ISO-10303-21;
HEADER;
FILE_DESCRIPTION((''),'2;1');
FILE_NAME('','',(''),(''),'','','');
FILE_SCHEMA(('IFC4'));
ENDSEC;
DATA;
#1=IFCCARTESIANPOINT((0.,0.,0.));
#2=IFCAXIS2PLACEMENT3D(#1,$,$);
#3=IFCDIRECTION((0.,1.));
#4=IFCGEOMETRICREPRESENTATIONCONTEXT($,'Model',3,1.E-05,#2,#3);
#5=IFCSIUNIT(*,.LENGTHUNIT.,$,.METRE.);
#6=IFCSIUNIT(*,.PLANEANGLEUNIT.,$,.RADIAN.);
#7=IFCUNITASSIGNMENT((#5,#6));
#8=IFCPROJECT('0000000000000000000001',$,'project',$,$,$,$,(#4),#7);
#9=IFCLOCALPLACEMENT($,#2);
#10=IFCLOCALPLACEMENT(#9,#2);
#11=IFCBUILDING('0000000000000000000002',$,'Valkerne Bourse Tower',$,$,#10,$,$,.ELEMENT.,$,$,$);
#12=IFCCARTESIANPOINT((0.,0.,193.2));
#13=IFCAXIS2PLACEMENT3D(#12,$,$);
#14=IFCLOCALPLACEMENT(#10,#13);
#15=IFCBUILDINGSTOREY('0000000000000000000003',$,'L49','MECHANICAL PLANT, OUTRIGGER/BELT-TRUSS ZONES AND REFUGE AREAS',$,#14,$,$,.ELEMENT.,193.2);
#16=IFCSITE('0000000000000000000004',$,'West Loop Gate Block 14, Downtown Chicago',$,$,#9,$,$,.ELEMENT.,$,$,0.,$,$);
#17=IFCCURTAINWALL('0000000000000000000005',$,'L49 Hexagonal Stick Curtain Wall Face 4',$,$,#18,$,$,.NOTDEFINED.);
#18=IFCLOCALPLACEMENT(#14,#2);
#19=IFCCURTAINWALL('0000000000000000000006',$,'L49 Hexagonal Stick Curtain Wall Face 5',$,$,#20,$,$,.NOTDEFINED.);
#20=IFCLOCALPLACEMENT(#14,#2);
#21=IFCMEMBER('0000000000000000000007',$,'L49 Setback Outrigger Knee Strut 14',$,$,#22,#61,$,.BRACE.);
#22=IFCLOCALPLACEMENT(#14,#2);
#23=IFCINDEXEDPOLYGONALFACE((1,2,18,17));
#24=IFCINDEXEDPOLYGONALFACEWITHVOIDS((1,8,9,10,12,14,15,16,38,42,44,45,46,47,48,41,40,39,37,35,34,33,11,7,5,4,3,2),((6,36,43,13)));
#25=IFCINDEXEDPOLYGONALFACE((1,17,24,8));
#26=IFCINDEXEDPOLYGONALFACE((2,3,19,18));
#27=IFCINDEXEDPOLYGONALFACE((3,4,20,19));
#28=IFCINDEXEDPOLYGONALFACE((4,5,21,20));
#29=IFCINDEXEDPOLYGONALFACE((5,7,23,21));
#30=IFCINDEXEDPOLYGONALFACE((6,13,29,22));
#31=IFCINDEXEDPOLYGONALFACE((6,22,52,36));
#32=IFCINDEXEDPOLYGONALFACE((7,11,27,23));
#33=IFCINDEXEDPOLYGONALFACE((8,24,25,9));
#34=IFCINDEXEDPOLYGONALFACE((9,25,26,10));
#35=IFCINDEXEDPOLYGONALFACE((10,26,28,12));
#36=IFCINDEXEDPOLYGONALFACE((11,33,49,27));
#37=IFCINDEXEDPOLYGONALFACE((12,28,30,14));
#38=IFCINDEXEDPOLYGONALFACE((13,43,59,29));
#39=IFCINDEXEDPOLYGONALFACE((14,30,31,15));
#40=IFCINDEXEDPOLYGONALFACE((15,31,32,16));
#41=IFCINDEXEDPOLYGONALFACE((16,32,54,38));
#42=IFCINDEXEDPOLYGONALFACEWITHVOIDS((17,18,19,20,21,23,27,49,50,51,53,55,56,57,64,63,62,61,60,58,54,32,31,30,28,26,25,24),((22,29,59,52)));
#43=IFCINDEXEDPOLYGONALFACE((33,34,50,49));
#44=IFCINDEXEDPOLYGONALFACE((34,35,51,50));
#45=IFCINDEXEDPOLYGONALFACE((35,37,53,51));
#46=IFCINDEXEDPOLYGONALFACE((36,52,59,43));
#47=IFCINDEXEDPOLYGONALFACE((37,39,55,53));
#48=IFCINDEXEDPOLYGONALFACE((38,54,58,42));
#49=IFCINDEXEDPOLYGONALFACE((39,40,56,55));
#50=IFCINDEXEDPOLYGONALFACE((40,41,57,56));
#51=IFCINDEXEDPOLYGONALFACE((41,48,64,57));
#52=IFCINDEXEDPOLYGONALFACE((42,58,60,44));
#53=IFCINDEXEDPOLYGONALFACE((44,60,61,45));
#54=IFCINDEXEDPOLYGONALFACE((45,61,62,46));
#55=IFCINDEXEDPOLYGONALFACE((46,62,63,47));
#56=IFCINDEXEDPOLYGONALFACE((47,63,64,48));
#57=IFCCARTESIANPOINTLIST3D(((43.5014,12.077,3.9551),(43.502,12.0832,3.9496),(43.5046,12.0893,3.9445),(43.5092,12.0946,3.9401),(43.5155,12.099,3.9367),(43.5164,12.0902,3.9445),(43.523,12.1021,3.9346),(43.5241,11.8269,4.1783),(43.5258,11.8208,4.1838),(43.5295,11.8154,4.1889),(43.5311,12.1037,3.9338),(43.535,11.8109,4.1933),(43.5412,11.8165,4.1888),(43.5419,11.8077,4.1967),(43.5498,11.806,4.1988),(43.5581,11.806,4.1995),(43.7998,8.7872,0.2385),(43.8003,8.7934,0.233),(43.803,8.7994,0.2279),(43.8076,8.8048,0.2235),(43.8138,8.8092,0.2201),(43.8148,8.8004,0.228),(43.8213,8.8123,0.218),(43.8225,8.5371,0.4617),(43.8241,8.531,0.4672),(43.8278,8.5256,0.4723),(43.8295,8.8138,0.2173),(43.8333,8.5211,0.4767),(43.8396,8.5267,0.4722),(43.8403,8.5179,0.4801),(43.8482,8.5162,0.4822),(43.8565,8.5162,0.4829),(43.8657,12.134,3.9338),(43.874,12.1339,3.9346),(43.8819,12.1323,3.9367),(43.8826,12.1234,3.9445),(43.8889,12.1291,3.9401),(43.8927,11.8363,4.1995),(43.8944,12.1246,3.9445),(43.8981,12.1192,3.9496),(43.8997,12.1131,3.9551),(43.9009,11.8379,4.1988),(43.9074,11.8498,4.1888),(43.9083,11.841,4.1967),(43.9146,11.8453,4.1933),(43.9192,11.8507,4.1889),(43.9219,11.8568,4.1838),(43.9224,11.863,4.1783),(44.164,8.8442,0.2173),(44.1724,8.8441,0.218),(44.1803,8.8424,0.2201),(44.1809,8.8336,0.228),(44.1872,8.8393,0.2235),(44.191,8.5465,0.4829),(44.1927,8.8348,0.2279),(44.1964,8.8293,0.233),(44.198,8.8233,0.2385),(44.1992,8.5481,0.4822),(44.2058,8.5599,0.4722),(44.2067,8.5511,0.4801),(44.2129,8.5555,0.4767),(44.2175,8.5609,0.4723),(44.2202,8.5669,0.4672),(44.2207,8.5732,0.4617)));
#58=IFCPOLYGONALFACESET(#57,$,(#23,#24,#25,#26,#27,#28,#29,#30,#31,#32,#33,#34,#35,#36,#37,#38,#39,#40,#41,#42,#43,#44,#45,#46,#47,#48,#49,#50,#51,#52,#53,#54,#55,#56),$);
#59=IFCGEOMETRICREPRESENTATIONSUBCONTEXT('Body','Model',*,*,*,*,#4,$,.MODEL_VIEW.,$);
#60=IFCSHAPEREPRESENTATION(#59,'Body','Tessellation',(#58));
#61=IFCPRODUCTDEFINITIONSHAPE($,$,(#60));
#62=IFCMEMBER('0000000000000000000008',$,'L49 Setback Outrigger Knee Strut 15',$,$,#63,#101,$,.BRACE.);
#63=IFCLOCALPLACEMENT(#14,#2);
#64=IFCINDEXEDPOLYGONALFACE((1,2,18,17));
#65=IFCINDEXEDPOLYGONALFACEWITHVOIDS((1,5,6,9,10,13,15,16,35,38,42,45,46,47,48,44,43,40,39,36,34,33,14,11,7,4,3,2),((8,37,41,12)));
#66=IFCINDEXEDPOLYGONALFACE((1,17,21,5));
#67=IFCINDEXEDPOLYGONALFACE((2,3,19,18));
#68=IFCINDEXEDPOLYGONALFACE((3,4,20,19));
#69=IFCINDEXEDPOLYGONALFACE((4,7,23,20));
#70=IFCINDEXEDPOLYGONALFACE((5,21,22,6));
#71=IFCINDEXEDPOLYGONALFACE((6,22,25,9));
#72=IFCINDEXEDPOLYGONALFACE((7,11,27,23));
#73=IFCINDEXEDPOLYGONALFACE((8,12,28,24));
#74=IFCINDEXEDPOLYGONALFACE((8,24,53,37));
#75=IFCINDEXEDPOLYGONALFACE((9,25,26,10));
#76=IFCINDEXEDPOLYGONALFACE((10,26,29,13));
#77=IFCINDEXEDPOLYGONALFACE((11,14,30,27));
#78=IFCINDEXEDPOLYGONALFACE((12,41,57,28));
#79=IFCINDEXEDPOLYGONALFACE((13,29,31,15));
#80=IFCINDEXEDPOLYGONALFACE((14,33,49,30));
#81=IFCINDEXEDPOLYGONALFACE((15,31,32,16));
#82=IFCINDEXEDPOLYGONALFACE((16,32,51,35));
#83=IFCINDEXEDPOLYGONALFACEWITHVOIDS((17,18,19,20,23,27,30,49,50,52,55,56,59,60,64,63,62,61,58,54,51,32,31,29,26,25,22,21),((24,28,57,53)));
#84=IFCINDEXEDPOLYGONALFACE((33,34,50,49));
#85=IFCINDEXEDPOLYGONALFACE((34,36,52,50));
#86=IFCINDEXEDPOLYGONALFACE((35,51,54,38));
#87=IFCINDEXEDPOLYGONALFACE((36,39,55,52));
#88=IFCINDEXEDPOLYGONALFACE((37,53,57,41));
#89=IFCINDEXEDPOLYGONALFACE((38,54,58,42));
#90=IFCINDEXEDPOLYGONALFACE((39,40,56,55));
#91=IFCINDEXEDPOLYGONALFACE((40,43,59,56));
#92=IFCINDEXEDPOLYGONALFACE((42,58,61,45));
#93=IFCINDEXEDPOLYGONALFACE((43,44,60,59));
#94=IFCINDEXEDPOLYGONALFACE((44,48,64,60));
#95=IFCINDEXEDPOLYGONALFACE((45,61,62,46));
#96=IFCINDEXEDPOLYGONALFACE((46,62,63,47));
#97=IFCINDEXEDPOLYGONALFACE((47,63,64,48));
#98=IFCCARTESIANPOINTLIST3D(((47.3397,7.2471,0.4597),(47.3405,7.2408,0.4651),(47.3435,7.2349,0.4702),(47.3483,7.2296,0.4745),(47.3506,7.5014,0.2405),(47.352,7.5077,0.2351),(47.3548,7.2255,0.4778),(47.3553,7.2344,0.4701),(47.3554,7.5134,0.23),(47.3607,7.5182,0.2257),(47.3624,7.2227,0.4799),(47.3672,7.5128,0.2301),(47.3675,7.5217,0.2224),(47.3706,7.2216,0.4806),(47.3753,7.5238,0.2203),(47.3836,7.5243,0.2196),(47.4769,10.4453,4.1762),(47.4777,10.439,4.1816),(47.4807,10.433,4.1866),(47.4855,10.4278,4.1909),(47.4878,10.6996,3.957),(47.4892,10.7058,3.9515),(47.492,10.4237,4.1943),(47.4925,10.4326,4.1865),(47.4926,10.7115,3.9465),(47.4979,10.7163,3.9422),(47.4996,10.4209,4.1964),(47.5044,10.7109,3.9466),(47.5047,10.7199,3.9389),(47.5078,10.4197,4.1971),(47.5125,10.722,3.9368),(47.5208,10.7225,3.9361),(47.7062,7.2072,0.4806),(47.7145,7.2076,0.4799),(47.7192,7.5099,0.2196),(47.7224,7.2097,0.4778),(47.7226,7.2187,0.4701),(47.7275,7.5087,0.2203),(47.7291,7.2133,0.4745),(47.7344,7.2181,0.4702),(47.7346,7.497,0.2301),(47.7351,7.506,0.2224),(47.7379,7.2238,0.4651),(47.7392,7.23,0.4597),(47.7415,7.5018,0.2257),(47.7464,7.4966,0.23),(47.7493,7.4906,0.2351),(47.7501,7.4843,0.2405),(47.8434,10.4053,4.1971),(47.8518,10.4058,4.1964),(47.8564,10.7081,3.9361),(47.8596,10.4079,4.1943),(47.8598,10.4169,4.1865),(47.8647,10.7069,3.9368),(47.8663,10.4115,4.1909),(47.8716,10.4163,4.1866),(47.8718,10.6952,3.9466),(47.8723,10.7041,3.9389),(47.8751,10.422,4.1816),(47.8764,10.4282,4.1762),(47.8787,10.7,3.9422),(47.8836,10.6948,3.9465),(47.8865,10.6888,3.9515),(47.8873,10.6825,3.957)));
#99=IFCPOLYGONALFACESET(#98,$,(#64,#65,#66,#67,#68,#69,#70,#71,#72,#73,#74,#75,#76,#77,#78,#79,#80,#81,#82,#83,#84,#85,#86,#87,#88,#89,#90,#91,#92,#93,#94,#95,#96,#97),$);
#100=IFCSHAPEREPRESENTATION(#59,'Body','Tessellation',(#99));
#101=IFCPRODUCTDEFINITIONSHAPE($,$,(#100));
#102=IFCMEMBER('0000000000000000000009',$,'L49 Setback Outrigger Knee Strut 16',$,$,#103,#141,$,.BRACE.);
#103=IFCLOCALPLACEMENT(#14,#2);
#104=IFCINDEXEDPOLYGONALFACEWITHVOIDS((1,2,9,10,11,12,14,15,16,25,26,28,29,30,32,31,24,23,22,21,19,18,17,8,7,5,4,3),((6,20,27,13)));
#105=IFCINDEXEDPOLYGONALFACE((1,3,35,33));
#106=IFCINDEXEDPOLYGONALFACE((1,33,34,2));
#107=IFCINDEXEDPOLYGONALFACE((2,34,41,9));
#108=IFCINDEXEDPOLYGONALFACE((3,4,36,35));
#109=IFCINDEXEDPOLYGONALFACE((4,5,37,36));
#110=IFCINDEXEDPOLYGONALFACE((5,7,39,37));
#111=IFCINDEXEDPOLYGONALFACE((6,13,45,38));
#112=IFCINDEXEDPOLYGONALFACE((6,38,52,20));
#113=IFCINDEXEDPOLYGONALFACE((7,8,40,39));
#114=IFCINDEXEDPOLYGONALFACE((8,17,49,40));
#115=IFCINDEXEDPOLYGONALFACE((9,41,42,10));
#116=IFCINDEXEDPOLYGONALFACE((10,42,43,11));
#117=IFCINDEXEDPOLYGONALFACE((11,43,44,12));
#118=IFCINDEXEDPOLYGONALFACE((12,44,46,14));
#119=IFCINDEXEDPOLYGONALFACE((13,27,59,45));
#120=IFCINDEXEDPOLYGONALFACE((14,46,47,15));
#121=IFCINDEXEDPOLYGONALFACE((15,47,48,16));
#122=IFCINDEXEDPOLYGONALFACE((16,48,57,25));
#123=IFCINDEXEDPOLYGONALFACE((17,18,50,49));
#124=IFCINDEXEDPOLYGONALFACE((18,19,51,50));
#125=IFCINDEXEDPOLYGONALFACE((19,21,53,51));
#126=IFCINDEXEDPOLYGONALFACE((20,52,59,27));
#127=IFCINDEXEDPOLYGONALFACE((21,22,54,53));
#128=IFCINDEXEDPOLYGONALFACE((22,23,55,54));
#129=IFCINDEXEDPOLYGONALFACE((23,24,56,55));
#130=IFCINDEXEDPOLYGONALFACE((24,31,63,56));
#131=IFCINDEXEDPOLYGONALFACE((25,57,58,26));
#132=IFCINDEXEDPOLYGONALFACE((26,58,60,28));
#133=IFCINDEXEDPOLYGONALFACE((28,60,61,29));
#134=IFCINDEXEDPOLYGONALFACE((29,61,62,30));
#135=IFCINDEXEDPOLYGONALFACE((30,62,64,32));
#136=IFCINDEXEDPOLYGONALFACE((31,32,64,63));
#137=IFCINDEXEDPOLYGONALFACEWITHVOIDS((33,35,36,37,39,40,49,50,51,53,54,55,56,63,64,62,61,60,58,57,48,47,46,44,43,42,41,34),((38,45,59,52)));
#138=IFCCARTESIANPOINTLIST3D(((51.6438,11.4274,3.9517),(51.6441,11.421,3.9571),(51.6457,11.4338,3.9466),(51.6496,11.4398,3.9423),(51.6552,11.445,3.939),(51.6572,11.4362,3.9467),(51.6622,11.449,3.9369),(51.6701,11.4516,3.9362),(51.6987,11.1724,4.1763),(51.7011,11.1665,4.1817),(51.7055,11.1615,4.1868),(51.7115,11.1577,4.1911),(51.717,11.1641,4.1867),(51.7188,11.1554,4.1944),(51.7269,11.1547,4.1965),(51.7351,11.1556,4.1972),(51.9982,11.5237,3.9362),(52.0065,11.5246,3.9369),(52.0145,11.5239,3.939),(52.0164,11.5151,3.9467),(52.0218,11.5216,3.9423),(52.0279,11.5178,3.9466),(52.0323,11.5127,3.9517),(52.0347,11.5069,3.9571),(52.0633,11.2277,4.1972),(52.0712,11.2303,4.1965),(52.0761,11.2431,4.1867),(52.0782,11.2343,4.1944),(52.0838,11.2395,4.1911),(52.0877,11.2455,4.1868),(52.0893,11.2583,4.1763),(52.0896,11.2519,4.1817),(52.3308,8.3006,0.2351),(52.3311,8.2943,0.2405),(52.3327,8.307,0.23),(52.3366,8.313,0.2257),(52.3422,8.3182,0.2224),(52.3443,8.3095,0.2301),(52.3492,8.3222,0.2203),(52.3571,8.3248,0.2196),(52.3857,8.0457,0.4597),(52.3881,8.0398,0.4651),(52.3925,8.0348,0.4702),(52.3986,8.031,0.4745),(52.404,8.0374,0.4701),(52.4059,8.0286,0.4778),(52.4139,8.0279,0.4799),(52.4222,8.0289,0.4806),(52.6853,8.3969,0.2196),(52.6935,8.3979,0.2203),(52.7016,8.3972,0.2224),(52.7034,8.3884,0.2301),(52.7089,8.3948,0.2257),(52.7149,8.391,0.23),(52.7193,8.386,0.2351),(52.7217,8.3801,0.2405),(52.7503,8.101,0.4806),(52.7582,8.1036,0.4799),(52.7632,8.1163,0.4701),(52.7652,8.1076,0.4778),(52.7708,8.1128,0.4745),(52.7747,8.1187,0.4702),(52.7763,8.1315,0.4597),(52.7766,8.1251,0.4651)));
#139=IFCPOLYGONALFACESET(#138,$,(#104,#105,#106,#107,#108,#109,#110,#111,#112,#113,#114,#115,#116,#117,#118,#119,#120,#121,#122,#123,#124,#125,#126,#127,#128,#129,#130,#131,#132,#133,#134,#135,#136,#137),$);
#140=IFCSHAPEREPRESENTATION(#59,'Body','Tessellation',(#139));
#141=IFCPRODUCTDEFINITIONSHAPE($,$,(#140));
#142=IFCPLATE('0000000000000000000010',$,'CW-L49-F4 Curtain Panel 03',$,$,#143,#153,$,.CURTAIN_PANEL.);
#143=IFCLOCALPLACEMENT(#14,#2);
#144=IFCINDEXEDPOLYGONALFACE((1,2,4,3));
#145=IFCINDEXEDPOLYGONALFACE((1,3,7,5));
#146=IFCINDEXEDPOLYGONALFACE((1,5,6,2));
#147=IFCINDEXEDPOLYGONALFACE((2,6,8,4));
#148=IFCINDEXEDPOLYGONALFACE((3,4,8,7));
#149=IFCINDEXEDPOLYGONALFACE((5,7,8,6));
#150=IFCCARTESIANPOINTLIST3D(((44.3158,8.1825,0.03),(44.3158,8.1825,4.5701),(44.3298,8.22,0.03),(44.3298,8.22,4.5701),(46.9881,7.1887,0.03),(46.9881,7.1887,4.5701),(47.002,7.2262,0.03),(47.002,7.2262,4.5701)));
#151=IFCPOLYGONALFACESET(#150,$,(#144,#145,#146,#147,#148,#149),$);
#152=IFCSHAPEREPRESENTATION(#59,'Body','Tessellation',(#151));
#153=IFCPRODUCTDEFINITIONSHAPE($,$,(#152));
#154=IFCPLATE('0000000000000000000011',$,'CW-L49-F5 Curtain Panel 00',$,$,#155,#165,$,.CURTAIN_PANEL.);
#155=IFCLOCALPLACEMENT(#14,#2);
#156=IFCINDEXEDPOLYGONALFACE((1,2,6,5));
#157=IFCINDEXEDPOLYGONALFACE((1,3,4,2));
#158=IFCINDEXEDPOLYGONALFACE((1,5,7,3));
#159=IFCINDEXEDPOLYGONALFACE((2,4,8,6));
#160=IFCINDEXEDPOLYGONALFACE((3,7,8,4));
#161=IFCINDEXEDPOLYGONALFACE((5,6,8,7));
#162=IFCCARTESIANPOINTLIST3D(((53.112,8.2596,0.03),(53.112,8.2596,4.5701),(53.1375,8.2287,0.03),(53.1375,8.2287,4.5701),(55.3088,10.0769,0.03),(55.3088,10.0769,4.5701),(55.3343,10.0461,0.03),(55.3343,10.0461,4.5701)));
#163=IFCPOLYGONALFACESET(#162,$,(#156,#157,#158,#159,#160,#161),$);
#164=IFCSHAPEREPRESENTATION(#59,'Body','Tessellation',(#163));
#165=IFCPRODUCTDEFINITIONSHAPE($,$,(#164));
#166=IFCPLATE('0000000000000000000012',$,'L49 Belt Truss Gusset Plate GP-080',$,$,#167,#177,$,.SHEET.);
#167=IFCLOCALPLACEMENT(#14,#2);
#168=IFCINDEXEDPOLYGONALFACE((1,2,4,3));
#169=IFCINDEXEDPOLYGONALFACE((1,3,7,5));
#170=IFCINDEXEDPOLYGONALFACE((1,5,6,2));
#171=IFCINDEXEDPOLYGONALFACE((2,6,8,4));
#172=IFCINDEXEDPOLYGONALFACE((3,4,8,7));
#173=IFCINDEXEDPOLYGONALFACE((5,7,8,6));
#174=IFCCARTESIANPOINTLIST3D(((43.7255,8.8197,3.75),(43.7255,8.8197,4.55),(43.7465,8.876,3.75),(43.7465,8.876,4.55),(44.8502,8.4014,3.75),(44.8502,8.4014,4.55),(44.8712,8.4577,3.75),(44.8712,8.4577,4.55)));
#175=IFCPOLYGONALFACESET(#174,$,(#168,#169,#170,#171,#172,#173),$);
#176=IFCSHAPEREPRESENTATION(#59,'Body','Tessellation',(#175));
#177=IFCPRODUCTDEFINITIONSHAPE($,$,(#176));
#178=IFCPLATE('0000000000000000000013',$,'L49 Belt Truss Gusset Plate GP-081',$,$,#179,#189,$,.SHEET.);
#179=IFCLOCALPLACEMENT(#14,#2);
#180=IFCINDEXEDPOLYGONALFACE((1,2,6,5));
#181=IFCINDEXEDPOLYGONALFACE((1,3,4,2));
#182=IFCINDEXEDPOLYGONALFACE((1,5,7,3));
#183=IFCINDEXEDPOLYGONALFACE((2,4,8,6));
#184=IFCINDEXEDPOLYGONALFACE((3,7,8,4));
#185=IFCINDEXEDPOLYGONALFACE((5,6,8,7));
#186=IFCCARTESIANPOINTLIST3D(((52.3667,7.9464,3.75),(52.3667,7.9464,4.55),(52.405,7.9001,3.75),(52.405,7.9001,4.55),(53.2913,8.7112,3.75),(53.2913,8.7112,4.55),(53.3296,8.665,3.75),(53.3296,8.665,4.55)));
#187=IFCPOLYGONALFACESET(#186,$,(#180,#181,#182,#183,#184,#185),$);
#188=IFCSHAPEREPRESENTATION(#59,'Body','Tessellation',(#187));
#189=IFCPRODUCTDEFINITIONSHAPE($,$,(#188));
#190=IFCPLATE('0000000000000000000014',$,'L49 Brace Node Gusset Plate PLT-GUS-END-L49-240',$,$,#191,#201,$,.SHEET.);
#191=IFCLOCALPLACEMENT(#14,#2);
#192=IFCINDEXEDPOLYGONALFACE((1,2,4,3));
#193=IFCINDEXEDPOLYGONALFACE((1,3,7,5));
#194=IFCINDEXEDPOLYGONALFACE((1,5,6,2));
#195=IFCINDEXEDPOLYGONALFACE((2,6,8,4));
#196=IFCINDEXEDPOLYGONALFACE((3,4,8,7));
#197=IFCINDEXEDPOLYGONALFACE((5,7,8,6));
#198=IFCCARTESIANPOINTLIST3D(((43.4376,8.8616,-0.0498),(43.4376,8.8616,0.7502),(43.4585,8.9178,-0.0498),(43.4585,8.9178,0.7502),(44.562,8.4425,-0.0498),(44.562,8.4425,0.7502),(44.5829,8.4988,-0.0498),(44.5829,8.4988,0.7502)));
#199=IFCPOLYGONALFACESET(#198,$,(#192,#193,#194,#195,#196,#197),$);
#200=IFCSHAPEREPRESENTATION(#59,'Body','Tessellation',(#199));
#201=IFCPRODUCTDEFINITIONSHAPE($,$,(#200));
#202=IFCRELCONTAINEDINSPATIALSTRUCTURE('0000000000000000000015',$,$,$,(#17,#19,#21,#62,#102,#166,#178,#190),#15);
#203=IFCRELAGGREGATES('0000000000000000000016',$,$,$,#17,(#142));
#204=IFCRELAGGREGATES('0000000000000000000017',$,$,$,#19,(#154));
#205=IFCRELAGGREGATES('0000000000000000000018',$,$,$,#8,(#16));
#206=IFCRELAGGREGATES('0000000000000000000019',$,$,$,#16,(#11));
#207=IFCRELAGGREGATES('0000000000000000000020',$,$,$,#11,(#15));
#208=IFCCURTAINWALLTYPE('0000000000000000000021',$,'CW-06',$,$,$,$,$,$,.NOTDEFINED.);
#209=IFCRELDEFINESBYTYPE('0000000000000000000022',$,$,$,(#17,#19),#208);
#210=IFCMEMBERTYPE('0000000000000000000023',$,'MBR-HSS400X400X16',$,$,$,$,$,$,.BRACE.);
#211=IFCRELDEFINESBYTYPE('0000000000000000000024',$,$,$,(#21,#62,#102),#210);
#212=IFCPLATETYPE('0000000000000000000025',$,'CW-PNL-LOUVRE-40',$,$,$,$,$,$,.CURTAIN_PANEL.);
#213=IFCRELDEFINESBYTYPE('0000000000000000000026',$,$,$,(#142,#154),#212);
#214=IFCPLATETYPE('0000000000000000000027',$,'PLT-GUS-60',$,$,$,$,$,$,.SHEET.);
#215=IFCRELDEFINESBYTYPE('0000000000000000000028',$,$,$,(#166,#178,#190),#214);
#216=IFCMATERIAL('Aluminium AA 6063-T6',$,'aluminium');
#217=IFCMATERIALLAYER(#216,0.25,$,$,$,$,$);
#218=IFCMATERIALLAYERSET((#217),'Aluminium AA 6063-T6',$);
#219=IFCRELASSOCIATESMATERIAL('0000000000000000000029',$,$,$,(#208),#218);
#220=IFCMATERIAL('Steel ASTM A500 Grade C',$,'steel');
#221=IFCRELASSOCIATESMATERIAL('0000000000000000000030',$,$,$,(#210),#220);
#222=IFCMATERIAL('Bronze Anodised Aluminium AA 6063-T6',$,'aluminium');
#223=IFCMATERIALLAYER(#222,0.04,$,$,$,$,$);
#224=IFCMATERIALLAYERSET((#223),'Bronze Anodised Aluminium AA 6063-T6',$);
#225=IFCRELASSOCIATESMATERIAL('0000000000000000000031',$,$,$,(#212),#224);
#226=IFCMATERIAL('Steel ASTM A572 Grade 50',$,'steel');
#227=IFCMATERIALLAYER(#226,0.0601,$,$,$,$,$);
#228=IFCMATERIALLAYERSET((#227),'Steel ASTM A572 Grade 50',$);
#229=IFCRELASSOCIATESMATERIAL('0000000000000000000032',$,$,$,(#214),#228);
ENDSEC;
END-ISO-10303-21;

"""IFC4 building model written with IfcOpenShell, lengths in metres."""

from ifc_helpers import new_model, si_unit, direction, frame, origin, origin_2d, place, context, subcontext, project, spatial, rectangle, hollow_rectangle, extrude, material, layer, layer_set, material_profile, profile_set, type_object, element, aggregate, save


model = new_model("IFC4")

# Units and contexts
model_context = context("Model", 3, precision=1e-05, world=origin(), true_north=direction((0.0, 1.0)))
body_context = subcontext(model_context, "Body", "Model", "MODEL_VIEW")
ifc_project = project(units=[si_unit("LENGTHUNIT", "METRE"), si_unit("PLANEANGLEUNIT", "RADIAN")], contexts=[model_context])

# Site, building, storey
site_placement = place(None, origin())
site = spatial("IfcSite", under=ifc_project, at=site_placement, Name="West Loop Gate Block 14, Downtown Chicago", CompositionType="ELEMENT", RefElevation=0.0)
building_placement = place(site_placement, origin())
building = spatial("IfcBuilding", under=site, at=building_placement, Name="Valkerne Bourse Tower", CompositionType="ELEMENT")
storey_placement = place(building_placement, frame((0.0, 0.0, 193.2)))
storey = spatial("IfcBuildingStorey", under=building, at=storey_placement, Name="L49", Description="MECHANICAL PLANT, OUTRIGGER/BELT-TRUSS ZONES AND REFUGE AREAS", CompositionType="ELEMENT", Elevation=193.2)

# Curtain walls
ifc_material_1 = material(Name="Aluminium AA 6063-T6", Category="aluminium")
ifc_layer_1 = layer(ifc_material_1, 0.25)
ifc_layer_set_1 = layer_set([ifc_layer_1], Name="Aluminium AA 6063-T6")
curtain_wall_type = type_object("IfcCurtainWallType", Name="CW-06", PredefinedType="NOTDEFINED", material=ifc_layer_set_1)
curtain_wall_1_placement = place(storey_placement, origin())
curtain_wall_1 = element("IfcCurtainWall", 1, at=curtain_wall_1_placement, inside=storey, type_object=curtain_wall_type, Name="L49 Hexagonal Stick Curtain Wall Face 4", PredefinedType="NOTDEFINED")
curtain_wall_2_placement = place(storey_placement, origin())
curtain_wall_2 = element("IfcCurtainWall", 2, at=curtain_wall_2_placement, inside=storey, type_object=curtain_wall_type, Name="L49 Hexagonal Stick Curtain Wall Face 5", PredefinedType="NOTDEFINED")

# Members
ifc_material_2 = material(Name="Steel ASTM A500 Grade C", Category="steel")
ifc_material_profile_1 = material_profile(ifc_material_2, hollow_rectangle(XDim=0.3999, YDim=0.3999, WallThickness=0.0161, OuterFilletRadius=0.032, at=origin_2d()), Name="HSS400X400X16")
ifc_profile_set_1 = profile_set([ifc_material_profile_1], Name="Steel ASTM A500 Grade C")
member_type_1 = type_object("IfcMemberType", Name="MBR-HSS400X400X16", PredefinedType="BRACE", material=ifc_profile_set_1)
member_1_placement = place(storey_placement, frame((44.0103, 8.6802, 0.3501), z_axis=(-0.059999, 0.661614, 0.74744), x_axis=(-0.995913, -0.090316, 0.0)))
element("IfcMember", 3, at=member_1_placement, inside=storey, type_object=member_type_1, Name="L49 Setback Outrigger Knee Strut 14", PredefinedType="BRACE", context=body_context, shape_type="SweptSolid", body=[
    extrude(hollow_rectangle(XDim=0.3999, YDim=0.3999, WallThickness=0.0161, OuterFilletRadius=0.032, at=origin_2d()), origin(), (0.0, 0.0, 1.0), 4.9724),
])
member_2_placement = place(storey_placement, frame((47.5449, 7.3657, 0.3501), z_axis=(0.027972, 0.652019, 0.757686), x_axis=(-0.999081, 0.042861, 0.0)))
element("IfcMember", 4, at=member_2_placement, inside=storey, type_object=member_type_1, Name="L49 Setback Outrigger Knee Strut 15", PredefinedType="BRACE", context=body_context, shape_type="SweptSolid", body=[
    extrude(hollow_rectangle(XDim=0.3999, YDim=0.3999, WallThickness=0.0161, OuterFilletRadius=0.032, at=origin_2d()), origin(), (0.0, 0.0, 1.0), 4.905),
])
member_3_placement = place(storey_placement, frame((52.5537, 8.2129, 0.3501), z_axis=(-0.140058, 0.637426, 0.757675), x_axis=(-0.976701, -0.214604, 0.0)))
element("IfcMember", 5, at=member_3_placement, inside=storey, type_object=member_type_1, Name="L49 Setback Outrigger Knee Strut 16", PredefinedType="BRACE", context=body_context, shape_type="SweptSolid", body=[
    extrude(hollow_rectangle(XDim=0.3999, YDim=0.3999, WallThickness=0.0161, OuterFilletRadius=0.032, at=origin_2d()), origin(), (0.0, 0.0, 1.0), 4.9053),
])

# Plates
ifc_material_3 = material(Name="Bronze Anodised Aluminium AA 6063-T6", Category="aluminium")
ifc_layer_2 = layer(ifc_material_3, 0.04)
ifc_layer_set_2 = layer_set([ifc_layer_2], Name="Bronze Anodised Aluminium AA 6063-T6")
plate_type_1 = type_object("IfcPlateType", Name="CW-PNL-LOUVRE-40", PredefinedType="CURTAIN_PANEL", material=ifc_layer_set_2)
plate_1_placement = place(storey_placement, frame((45.6589, 7.7043, 0.03), z_axis=(0.0, 0.0, 1.0), x_axis=(0.937279, -0.348579, 0.0)))
plate_1 = element("IfcPlate", 6, at=plate_1_placement, type_object=plate_type_1, Name="CW-L49-F4 Curtain Panel 03", PredefinedType="CURTAIN_PANEL", context=body_context, shape_type="SweptSolid", body=[
    extrude(rectangle(XDim=2.8511, YDim=0.04, at=origin_2d()), origin(), (0.0, 0.0, 1.0), 4.54),
])
aggregate(curtain_wall_1, [plate_1])
plate_2_placement = place(storey_placement, frame((54.2231, 9.1528, 0.03), z_axis=(0.0, 0.0, 1.0), x_axis=(0.770503, 0.637436, 0.0)))
plate_2 = element("IfcPlate", 7, at=plate_2_placement, type_object=plate_type_1, Name="CW-L49-F5 Curtain Panel 00", PredefinedType="CURTAIN_PANEL", context=body_context, shape_type="SweptSolid", body=[
    extrude(rectangle(XDim=2.8511, YDim=0.04, at=origin_2d()), origin(), (0.0, 0.0, 1.0), 4.54),
])
aggregate(curtain_wall_2, [plate_2])

# Plates
ifc_material_4 = material(Name="Steel ASTM A572 Grade 50", Category="steel")
ifc_layer_3 = layer(ifc_material_4, 0.0601)
ifc_layer_set_3 = layer_set([ifc_layer_3], Name="Steel ASTM A572 Grade 50")
plate_type_2 = type_object("IfcPlateType", Name="PLT-GUS-60", PredefinedType="SHEET", material=ifc_layer_set_3)
for number, where, z_axis, x_axis, name in (
    (8, (44.2983, 8.6387, 3.75), (0.0, 0.0, 1.0), (0.937282, -0.348572, 0.0), "L49 Belt Truss Gusset Plate GP-080"),
    (9, (52.8481, 8.3057, 3.75), (0.0, 0.0, 1.0), (0.770513, 0.637424, 0.0), "L49 Belt Truss Gusset Plate GP-081"),
    (10, (44.0103, 8.6802, -0.0498), (0.0, 0.0, 1.0), (-0.937038, 0.349226, 0.0), "L49 Brace Node Gusset Plate PLT-GUS-END-L49-240"),
):
    element("IfcPlate", number, at=place(storey_placement, frame(where, z_axis=z_axis, x_axis=x_axis)), inside=storey, type_object=plate_type_2, Name=name, PredefinedType="SHEET", context=body_context, shape_type="SweptSolid", body=[
        extrude(rectangle(XDim=1.2, YDim=0.0601, at=origin_2d()), origin(), (0.0, 0.0, 1.0), 0.8),
    ])

save(model, "model.ifc")
